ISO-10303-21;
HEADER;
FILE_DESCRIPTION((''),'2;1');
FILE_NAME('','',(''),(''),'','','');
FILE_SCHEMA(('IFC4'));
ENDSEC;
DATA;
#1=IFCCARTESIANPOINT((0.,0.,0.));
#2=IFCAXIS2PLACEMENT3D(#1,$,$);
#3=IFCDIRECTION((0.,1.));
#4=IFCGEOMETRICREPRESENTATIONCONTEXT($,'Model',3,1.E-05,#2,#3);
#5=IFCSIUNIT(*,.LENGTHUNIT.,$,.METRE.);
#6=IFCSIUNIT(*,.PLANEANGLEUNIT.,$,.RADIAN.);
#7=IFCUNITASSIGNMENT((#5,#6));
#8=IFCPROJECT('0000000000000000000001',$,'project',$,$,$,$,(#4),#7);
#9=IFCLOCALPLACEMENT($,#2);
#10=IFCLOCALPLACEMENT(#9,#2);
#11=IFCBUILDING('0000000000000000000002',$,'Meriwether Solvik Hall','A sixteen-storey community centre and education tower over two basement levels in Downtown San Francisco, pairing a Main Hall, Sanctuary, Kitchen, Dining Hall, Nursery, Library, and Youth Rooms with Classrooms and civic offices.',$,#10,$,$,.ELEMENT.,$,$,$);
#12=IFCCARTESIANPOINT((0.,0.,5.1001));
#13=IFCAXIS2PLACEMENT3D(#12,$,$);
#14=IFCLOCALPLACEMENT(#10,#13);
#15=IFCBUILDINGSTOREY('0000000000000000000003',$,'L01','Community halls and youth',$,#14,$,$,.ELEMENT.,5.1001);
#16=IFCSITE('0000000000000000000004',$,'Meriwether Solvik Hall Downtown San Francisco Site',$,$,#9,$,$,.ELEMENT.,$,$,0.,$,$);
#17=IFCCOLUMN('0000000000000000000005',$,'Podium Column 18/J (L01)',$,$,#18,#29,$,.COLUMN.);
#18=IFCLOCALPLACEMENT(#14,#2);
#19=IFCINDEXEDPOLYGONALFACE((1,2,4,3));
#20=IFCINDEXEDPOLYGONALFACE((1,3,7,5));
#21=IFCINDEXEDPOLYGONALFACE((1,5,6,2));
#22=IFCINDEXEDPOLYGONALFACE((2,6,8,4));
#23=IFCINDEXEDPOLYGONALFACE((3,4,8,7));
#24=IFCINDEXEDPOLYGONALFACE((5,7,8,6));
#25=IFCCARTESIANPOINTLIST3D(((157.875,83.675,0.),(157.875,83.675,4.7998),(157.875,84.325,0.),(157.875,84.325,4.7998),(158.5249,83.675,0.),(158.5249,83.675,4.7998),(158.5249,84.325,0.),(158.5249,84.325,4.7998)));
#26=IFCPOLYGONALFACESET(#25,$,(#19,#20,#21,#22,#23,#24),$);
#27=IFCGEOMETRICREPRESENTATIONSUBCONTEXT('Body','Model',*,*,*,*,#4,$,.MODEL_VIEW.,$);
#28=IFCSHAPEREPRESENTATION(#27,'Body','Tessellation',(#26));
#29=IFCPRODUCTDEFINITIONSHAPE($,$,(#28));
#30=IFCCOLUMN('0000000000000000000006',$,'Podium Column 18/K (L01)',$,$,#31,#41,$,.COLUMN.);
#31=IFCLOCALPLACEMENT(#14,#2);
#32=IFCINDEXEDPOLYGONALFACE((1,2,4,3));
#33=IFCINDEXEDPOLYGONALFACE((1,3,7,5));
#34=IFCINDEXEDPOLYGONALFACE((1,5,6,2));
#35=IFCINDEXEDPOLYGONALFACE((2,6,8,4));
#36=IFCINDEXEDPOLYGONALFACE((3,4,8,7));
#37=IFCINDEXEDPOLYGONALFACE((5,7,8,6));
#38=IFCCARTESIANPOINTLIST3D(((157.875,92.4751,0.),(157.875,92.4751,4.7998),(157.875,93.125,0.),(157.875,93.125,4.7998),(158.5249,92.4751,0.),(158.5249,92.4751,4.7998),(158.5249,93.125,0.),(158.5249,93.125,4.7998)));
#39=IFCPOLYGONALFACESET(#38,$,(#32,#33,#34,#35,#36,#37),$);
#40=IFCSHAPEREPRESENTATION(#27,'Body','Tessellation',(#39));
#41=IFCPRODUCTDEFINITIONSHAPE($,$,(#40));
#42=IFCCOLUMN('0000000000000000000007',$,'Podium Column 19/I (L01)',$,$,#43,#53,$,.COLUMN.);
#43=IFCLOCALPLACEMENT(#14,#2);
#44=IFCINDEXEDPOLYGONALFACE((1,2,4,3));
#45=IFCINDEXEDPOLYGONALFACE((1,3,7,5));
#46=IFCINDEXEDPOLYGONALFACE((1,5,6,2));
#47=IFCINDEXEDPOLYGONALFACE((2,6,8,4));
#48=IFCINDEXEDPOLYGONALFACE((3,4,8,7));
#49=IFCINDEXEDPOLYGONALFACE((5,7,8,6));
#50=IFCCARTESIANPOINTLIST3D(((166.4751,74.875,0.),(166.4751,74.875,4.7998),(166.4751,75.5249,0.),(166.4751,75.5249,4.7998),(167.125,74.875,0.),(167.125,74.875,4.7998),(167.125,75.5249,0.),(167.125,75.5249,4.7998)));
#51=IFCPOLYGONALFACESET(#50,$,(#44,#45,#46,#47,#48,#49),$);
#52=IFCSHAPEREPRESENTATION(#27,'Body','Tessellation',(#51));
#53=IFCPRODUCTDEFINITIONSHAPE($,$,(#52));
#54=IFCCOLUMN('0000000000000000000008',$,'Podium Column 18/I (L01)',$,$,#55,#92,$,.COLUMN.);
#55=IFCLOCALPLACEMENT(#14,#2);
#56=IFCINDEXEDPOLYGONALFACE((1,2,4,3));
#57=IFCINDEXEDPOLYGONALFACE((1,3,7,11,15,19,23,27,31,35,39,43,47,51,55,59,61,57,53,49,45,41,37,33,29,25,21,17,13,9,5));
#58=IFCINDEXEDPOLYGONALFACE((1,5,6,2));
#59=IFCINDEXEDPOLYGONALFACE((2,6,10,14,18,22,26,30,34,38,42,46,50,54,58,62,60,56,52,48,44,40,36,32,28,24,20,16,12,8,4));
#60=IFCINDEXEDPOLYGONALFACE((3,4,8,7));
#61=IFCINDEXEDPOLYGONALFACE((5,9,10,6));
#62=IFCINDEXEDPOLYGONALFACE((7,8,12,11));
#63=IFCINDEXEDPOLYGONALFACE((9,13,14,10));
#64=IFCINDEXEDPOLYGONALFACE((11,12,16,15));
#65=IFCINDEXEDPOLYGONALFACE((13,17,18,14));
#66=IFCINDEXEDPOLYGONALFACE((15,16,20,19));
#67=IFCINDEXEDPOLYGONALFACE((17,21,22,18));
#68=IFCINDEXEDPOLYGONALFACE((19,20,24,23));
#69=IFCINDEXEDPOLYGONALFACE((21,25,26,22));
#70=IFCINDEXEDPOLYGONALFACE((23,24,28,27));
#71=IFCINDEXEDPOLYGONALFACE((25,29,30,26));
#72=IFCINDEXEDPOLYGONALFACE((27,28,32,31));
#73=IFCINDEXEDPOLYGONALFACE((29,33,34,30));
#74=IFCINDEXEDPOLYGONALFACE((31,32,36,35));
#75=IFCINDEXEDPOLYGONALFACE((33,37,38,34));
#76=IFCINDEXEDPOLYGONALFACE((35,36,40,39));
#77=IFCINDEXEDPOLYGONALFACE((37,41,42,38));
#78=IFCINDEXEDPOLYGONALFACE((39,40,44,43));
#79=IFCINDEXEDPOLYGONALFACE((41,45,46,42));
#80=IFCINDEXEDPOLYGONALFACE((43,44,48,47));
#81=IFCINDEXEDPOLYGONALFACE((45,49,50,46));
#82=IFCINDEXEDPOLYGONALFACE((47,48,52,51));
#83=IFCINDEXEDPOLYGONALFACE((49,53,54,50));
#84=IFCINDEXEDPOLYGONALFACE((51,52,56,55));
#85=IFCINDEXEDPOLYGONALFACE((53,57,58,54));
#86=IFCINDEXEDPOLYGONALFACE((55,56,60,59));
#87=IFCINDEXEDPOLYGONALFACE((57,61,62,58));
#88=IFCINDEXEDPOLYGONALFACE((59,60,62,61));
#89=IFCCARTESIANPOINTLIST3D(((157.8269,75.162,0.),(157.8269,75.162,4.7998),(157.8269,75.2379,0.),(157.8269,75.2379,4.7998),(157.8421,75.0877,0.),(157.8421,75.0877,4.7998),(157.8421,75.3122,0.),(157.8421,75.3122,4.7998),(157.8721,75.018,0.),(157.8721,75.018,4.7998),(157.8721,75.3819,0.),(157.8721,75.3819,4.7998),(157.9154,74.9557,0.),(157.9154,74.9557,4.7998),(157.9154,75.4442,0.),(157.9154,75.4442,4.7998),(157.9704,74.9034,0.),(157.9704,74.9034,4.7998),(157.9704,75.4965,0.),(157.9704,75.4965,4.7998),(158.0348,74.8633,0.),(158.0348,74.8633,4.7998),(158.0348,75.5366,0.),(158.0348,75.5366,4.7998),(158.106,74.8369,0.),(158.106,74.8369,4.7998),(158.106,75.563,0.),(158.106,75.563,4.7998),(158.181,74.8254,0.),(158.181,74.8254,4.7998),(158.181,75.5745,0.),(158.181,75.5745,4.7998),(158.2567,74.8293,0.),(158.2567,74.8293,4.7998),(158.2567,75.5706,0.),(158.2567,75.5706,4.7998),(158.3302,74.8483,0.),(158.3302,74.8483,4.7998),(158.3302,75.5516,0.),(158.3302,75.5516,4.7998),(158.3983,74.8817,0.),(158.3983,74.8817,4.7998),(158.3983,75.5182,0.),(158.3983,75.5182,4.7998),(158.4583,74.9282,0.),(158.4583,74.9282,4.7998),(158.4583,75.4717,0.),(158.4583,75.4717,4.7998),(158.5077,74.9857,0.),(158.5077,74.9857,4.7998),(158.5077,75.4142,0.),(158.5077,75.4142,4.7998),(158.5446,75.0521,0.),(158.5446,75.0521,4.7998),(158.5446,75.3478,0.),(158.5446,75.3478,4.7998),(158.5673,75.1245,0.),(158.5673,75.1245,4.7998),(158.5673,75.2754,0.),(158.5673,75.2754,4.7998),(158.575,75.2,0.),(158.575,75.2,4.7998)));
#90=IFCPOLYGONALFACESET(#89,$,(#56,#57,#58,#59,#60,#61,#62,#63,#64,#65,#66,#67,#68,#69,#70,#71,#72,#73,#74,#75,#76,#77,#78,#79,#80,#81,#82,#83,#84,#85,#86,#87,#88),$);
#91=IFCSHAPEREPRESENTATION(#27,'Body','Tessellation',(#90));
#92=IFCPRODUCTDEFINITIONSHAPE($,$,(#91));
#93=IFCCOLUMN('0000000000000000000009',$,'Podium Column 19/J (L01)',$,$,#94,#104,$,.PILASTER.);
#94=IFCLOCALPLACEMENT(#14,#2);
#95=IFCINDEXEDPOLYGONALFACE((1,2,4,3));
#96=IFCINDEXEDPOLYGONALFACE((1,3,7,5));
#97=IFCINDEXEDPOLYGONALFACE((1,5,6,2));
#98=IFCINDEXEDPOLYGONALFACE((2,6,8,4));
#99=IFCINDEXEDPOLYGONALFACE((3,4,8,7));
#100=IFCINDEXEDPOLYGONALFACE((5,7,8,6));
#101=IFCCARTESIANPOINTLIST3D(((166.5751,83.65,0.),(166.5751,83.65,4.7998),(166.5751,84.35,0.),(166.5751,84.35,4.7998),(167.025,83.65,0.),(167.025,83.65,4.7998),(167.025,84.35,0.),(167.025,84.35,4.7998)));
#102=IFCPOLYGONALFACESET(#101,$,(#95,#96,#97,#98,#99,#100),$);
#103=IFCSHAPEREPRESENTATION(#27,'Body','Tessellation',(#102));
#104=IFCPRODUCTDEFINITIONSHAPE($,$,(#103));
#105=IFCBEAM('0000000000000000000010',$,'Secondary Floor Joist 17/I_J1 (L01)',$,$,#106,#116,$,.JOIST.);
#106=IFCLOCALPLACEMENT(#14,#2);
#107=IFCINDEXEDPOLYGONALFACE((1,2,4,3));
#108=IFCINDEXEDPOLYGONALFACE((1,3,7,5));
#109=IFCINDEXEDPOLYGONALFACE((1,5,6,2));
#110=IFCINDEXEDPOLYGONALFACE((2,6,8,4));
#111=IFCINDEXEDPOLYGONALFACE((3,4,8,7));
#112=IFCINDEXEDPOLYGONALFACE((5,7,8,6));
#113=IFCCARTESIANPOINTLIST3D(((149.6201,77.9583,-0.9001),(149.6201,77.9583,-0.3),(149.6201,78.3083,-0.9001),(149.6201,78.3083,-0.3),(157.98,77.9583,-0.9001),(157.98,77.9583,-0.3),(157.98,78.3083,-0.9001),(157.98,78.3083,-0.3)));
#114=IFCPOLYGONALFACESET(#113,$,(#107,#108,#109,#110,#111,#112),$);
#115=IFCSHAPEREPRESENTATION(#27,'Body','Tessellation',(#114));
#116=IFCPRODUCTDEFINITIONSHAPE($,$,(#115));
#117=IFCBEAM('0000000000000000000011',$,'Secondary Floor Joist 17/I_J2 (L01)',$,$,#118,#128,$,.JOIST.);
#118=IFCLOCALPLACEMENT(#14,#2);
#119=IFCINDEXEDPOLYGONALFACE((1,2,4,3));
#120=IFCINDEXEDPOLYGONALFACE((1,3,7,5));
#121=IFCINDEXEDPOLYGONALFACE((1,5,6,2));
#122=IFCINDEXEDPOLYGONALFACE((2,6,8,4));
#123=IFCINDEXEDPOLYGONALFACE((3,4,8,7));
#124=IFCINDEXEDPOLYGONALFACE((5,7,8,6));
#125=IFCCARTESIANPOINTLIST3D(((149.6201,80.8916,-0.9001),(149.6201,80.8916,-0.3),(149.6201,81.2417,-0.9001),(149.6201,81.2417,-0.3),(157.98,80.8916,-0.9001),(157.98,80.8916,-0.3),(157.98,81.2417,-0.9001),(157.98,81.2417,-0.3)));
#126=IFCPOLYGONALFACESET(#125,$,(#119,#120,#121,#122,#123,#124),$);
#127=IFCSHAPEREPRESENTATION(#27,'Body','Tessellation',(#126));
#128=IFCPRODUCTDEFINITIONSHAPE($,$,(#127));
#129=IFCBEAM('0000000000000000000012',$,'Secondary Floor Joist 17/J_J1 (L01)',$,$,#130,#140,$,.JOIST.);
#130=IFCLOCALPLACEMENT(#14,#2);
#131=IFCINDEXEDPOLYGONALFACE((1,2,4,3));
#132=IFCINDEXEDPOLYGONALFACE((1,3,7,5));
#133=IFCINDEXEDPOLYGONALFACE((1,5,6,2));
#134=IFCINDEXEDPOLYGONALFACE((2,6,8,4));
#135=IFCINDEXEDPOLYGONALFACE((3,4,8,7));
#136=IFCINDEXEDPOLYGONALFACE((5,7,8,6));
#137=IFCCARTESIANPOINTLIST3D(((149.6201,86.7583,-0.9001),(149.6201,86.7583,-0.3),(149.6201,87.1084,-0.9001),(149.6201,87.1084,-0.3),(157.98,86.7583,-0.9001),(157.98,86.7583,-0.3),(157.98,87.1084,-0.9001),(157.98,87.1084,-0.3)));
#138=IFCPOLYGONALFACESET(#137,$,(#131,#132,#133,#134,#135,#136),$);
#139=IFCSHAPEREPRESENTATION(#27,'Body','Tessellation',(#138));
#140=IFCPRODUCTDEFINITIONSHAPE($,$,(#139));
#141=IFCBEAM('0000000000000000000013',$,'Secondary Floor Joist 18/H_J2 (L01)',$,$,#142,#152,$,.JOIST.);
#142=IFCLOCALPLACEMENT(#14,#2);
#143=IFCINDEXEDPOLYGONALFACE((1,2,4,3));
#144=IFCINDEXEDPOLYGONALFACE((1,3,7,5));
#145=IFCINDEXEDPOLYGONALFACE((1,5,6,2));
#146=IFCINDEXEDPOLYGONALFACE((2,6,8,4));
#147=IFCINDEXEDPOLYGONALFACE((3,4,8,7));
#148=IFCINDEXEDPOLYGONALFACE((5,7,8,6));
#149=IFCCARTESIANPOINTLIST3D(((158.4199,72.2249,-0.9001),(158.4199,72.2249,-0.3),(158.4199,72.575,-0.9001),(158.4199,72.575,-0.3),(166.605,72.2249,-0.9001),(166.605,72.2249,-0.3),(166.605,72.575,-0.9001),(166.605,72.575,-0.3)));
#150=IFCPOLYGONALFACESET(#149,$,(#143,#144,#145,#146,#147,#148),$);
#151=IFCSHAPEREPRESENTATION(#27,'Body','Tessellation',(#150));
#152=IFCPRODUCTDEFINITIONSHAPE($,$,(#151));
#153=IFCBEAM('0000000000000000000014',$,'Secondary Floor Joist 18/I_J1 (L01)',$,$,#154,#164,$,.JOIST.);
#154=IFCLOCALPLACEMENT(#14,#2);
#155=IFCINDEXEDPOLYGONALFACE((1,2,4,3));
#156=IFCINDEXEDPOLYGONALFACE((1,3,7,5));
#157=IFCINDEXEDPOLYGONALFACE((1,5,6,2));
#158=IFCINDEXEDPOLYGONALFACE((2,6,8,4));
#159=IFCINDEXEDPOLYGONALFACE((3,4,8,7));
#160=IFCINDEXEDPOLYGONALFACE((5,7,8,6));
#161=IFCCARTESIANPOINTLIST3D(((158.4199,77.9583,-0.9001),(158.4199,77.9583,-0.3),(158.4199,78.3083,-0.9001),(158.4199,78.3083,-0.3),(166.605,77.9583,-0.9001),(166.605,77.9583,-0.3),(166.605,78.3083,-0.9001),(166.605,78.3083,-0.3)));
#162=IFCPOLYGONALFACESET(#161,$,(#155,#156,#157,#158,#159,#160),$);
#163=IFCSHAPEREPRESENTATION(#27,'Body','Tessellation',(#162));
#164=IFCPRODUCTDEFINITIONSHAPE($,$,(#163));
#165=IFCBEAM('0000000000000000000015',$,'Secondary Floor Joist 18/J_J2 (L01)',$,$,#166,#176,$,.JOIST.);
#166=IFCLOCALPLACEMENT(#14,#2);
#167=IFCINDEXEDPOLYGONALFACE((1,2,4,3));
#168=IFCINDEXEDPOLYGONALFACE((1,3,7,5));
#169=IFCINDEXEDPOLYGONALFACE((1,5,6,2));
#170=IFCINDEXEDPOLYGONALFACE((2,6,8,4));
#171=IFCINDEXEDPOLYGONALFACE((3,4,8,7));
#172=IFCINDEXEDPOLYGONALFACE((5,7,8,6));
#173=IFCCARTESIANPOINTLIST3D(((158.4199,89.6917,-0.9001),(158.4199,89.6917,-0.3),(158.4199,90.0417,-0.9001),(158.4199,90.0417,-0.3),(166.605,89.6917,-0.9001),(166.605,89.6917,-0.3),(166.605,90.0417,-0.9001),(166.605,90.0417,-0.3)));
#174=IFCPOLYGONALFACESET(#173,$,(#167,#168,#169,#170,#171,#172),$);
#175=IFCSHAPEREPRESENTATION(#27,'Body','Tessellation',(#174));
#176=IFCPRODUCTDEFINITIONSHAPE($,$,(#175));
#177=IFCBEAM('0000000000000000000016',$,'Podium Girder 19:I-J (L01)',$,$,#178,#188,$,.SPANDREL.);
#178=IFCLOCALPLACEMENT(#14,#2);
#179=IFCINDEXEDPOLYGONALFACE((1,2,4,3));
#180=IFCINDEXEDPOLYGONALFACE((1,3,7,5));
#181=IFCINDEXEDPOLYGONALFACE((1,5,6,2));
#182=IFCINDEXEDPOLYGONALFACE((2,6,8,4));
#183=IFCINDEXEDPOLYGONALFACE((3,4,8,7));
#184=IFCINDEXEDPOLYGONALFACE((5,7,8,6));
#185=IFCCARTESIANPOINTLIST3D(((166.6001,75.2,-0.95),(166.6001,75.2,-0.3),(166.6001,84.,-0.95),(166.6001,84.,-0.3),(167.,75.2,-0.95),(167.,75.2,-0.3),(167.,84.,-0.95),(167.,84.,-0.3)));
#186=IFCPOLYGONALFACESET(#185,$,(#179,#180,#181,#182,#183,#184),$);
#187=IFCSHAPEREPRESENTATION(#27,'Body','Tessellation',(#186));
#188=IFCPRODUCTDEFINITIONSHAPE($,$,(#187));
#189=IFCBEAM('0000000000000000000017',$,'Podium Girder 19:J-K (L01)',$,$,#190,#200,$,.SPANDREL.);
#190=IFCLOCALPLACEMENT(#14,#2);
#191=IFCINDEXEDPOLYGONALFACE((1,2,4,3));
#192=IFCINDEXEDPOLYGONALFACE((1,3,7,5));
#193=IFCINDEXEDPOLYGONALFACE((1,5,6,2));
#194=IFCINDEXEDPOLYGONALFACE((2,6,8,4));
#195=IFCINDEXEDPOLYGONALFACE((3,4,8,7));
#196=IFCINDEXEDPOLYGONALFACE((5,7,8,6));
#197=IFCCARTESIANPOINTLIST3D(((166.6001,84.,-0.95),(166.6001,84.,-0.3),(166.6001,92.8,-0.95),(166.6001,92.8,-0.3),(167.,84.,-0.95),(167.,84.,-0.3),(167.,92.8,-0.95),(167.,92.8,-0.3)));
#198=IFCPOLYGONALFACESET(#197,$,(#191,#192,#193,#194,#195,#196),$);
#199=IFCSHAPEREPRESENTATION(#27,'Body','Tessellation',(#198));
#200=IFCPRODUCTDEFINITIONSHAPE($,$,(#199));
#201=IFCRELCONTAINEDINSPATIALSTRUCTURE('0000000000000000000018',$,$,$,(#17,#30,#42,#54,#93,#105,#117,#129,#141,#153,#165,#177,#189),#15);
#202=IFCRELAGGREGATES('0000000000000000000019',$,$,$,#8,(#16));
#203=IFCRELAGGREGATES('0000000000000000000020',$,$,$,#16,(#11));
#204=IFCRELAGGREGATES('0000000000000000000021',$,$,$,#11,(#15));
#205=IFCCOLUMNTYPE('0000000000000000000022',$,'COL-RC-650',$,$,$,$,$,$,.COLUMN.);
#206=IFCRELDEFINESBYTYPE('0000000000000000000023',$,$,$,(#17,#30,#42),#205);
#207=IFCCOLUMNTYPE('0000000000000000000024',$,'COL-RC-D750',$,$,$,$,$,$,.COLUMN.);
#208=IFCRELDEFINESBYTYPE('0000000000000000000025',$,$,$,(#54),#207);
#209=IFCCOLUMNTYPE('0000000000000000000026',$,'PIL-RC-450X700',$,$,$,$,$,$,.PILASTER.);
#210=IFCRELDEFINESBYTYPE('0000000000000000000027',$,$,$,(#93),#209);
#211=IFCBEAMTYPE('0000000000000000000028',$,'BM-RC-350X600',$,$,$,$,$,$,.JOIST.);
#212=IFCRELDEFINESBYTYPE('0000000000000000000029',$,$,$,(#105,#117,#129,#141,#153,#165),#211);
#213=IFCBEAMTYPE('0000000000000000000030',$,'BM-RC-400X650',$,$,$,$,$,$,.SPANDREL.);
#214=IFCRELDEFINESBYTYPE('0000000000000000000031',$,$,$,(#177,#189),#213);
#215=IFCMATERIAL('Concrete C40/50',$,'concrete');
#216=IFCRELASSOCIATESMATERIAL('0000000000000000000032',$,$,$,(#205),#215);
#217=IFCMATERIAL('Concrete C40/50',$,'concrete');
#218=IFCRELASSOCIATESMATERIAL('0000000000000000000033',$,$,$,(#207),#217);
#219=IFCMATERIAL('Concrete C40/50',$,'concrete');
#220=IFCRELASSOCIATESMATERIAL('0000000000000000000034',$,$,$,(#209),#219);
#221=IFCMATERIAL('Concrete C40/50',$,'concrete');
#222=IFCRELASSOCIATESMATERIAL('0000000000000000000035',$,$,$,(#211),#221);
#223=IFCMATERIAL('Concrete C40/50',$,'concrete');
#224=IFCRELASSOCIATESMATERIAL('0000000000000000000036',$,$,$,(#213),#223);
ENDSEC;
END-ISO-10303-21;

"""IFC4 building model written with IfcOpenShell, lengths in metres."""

from ifc_helpers import new_model, si_unit, direction, frame, origin, origin_2d, place, context, subcontext, project, spatial, rectangle, circle, extrude, material, material_profile, profile_set, type_object, element, save


model = new_model("IFC4")

# Units and contexts
model_context = context("Model", 3, precision=1e-05, world=origin(), true_north=direction((0.0, 1.0)))
body_context = subcontext(model_context, "Body", "Model", "MODEL_VIEW")
ifc_project = project(units=[si_unit("LENGTHUNIT", "METRE"), si_unit("PLANEANGLEUNIT", "RADIAN")], contexts=[model_context])

# Site, building, storey
site_placement = place(None, origin())
site = spatial("IfcSite", under=ifc_project, at=site_placement, Name="Meriwether Solvik Hall Downtown San Francisco Site", CompositionType="ELEMENT", RefElevation=0.0)
building_placement = place(site_placement, origin())
building = spatial("IfcBuilding", under=site, at=building_placement, Name="Meriwether Solvik Hall", Description="A sixteen-storey community centre and education tower over two basement levels in Downtown San Francisco, pairing a Main Hall, Sanctuary, Kitchen, Dining Hall, Nursery, Library, and Youth Rooms with Classrooms and civic offices.", CompositionType="ELEMENT")
storey_placement = place(building_placement, frame((0.0, 0.0, 5.1001)))
storey = spatial("IfcBuildingStorey", under=building, at=storey_placement, Name="L01", Description="Community halls and youth", CompositionType="ELEMENT", Elevation=5.1001)

# Columns
ifc_material_1 = material(Name="Concrete C40/50", Category="concrete")
ifc_material_profile_1 = material_profile(ifc_material_1, rectangle(XDim=0.6499, YDim=0.6499, at=origin_2d()), Name="RCC-650X650")
ifc_profile_set_1 = profile_set([ifc_material_profile_1], Name="Concrete C40/50")
column_type_1 = type_object("IfcColumnType", Name="COL-RC-650", PredefinedType="COLUMN", material=ifc_profile_set_1)
for number, where, z_axis, x_axis, name in (
    (1, (158.2, 84.0, 0.0), (0.0, 0.0, 1.0), (1.0, 0.0, 0.0), "Podium Column 18/J (L01)"),
    (2, (158.2, 92.8, 0.0), (0.0, 0.0, 1.0), (1.0, 0.0, 0.0), "Podium Column 18/K (L01)"),
    (3, (166.8, 75.2, 0.0), (0.0, 0.0, 1.0), (1.0, 0.0, 0.0), "Podium Column 19/I (L01)"),
):
    element("IfcColumn", number, at=place(storey_placement, frame(where, z_axis=z_axis, x_axis=x_axis)), inside=storey, type_object=column_type_1, Name=name, PredefinedType="COLUMN", context=body_context, shape_type="SweptSolid", body=[
        extrude(rectangle(XDim=0.6499, YDim=0.6499, at=origin_2d()), origin(), (0.0, 0.0, 1.0), 4.7998),
    ])
ifc_material_2 = material(Name="Concrete C40/50", Category="concrete")
ifc_material_profile_2 = material_profile(ifc_material_2, circle(Radius=0.375, at=origin_2d()), Name="RCC-D750")
ifc_profile_set_2 = profile_set([ifc_material_profile_2], Name="Concrete C40/50")
column_type_2 = type_object("IfcColumnType", Name="COL-RC-D750", PredefinedType="COLUMN", material=ifc_profile_set_2)
column_1_placement = place(storey_placement, frame((158.2, 75.2, 0.0), z_axis=(0.0, 0.0, 1.0), x_axis=(1.0, 0.0, 0.0)))
element("IfcColumn", 4, at=column_1_placement, inside=storey, type_object=column_type_2, Name="Podium Column 18/I (L01)", PredefinedType="COLUMN", context=body_context, shape_type="SweptSolid", body=[
    extrude(circle(Radius=0.375, at=origin_2d()), origin(), (0.0, 0.0, 1.0), 4.7998),
])
ifc_material_3 = material(Name="Concrete C40/50", Category="concrete")
ifc_material_profile_3 = material_profile(ifc_material_3, rectangle(XDim=0.45, YDim=0.7, at=origin_2d()), Name="RCP-450X700")
ifc_profile_set_3 = profile_set([ifc_material_profile_3], Name="Concrete C40/50")
column_type_3 = type_object("IfcColumnType", Name="PIL-RC-450X700", PredefinedType="PILASTER", material=ifc_profile_set_3)
column_2_placement = place(storey_placement, frame((166.8, 84.0, 0.0), z_axis=(0.0, 0.0, 1.0), x_axis=(1.0, 0.0, 0.0)))
element("IfcColumn", 5, at=column_2_placement, inside=storey, type_object=column_type_3, Name="Podium Column 19/J (L01)", PredefinedType="PILASTER", context=body_context, shape_type="SweptSolid", body=[
    extrude(rectangle(XDim=0.45, YDim=0.7, at=origin_2d()), origin(), (0.0, 0.0, 1.0), 4.7998),
])

# Beams
ifc_material_4 = material(Name="Concrete C40/50", Category="concrete")
ifc_material_profile_4 = material_profile(ifc_material_4, rectangle(XDim=0.3501, YDim=0.6001, at=origin_2d()), Name="RCB-350X600")
ifc_profile_set_4 = profile_set([ifc_material_profile_4], Name="Concrete C40/50")
beam_type_1 = type_object("IfcBeamType", Name="BM-RC-350X600", PredefinedType="JOIST", material=ifc_profile_set_4)
for number, where, z_axis, x_axis, name in (
    (6, (149.6201, 78.1333, -0.6001), (1.0, 0.0, 0.0), (0.0, 1.0, 0.0), "Secondary Floor Joist 17/I_J1 (L01)"),
    (7, (149.6201, 81.0667, -0.6001), (1.0, 0.0, 0.0), (0.0, 1.0, 0.0), "Secondary Floor Joist 17/I_J2 (L01)"),
    (8, (149.6201, 86.9333, -0.6001), (1.0, 0.0, 0.0), (0.0, 1.0, 0.0), "Secondary Floor Joist 17/J_J1 (L01)"),
):
    element("IfcBeam", number, at=place(storey_placement, frame(where, z_axis=z_axis, x_axis=x_axis)), inside=storey, type_object=beam_type_1, Name=name, PredefinedType="JOIST", context=body_context, shape_type="SweptSolid", body=[
        extrude(rectangle(XDim=0.3501, YDim=0.6001, at=origin_2d()), origin(), (0.0, 0.0, 1.0), 8.3599),
    ])
for number, where, z_axis, x_axis, name in (
    (9, (158.4199, 72.3999, -0.6001), (1.0, 0.0, 0.0), (0.0, 1.0, 0.0), "Secondary Floor Joist 18/H_J2 (L01)"),
    (10, (158.4199, 78.1333, -0.6001), (1.0, 0.0, 0.0), (0.0, 1.0, 0.0), "Secondary Floor Joist 18/I_J1 (L01)"),
    (11, (158.4199, 89.8667, -0.6001), (1.0, 0.0, 0.0), (0.0, 1.0, 0.0), "Secondary Floor Joist 18/J_J2 (L01)"),
):
    element("IfcBeam", number, at=place(storey_placement, frame(where, z_axis=z_axis, x_axis=x_axis)), inside=storey, type_object=beam_type_1, Name=name, PredefinedType="JOIST", context=body_context, shape_type="SweptSolid", body=[
        extrude(rectangle(XDim=0.3501, YDim=0.6001, at=origin_2d()), origin(), (0.0, 0.0, 1.0), 8.1851),
    ])
ifc_material_5 = material(Name="Concrete C40/50", Category="concrete")
ifc_material_profile_5 = material_profile(ifc_material_5, rectangle(XDim=0.3999, YDim=0.6499, at=origin_2d()), Name="RCB-400X650")
ifc_profile_set_5 = profile_set([ifc_material_profile_5], Name="Concrete C40/50")
beam_type_2 = type_object("IfcBeamType", Name="BM-RC-400X650", PredefinedType="SPANDREL", material=ifc_profile_set_5)
for number, where, z_axis, x_axis, name in (
    (12, (166.8, 75.2, -0.625), (0.0, 1.0, 0.0), (-1.0, 0.0, 0.0), "Podium Girder 19:I-J (L01)"),
    (13, (166.8, 84.0, -0.625), (0.0, 1.0, 0.0), (-1.0, 0.0, 0.0), "Podium Girder 19:J-K (L01)"),
):
    element("IfcBeam", number, at=place(storey_placement, frame(where, z_axis=z_axis, x_axis=x_axis)), inside=storey, type_object=beam_type_2, Name=name, PredefinedType="SPANDREL", context=body_context, shape_type="SweptSolid", body=[
        extrude(rectangle(XDim=0.3999, YDim=0.6499, at=origin_2d()), origin(), (0.0, 0.0, 1.0), 8.8),
    ])

save(model, "model.ifc")
